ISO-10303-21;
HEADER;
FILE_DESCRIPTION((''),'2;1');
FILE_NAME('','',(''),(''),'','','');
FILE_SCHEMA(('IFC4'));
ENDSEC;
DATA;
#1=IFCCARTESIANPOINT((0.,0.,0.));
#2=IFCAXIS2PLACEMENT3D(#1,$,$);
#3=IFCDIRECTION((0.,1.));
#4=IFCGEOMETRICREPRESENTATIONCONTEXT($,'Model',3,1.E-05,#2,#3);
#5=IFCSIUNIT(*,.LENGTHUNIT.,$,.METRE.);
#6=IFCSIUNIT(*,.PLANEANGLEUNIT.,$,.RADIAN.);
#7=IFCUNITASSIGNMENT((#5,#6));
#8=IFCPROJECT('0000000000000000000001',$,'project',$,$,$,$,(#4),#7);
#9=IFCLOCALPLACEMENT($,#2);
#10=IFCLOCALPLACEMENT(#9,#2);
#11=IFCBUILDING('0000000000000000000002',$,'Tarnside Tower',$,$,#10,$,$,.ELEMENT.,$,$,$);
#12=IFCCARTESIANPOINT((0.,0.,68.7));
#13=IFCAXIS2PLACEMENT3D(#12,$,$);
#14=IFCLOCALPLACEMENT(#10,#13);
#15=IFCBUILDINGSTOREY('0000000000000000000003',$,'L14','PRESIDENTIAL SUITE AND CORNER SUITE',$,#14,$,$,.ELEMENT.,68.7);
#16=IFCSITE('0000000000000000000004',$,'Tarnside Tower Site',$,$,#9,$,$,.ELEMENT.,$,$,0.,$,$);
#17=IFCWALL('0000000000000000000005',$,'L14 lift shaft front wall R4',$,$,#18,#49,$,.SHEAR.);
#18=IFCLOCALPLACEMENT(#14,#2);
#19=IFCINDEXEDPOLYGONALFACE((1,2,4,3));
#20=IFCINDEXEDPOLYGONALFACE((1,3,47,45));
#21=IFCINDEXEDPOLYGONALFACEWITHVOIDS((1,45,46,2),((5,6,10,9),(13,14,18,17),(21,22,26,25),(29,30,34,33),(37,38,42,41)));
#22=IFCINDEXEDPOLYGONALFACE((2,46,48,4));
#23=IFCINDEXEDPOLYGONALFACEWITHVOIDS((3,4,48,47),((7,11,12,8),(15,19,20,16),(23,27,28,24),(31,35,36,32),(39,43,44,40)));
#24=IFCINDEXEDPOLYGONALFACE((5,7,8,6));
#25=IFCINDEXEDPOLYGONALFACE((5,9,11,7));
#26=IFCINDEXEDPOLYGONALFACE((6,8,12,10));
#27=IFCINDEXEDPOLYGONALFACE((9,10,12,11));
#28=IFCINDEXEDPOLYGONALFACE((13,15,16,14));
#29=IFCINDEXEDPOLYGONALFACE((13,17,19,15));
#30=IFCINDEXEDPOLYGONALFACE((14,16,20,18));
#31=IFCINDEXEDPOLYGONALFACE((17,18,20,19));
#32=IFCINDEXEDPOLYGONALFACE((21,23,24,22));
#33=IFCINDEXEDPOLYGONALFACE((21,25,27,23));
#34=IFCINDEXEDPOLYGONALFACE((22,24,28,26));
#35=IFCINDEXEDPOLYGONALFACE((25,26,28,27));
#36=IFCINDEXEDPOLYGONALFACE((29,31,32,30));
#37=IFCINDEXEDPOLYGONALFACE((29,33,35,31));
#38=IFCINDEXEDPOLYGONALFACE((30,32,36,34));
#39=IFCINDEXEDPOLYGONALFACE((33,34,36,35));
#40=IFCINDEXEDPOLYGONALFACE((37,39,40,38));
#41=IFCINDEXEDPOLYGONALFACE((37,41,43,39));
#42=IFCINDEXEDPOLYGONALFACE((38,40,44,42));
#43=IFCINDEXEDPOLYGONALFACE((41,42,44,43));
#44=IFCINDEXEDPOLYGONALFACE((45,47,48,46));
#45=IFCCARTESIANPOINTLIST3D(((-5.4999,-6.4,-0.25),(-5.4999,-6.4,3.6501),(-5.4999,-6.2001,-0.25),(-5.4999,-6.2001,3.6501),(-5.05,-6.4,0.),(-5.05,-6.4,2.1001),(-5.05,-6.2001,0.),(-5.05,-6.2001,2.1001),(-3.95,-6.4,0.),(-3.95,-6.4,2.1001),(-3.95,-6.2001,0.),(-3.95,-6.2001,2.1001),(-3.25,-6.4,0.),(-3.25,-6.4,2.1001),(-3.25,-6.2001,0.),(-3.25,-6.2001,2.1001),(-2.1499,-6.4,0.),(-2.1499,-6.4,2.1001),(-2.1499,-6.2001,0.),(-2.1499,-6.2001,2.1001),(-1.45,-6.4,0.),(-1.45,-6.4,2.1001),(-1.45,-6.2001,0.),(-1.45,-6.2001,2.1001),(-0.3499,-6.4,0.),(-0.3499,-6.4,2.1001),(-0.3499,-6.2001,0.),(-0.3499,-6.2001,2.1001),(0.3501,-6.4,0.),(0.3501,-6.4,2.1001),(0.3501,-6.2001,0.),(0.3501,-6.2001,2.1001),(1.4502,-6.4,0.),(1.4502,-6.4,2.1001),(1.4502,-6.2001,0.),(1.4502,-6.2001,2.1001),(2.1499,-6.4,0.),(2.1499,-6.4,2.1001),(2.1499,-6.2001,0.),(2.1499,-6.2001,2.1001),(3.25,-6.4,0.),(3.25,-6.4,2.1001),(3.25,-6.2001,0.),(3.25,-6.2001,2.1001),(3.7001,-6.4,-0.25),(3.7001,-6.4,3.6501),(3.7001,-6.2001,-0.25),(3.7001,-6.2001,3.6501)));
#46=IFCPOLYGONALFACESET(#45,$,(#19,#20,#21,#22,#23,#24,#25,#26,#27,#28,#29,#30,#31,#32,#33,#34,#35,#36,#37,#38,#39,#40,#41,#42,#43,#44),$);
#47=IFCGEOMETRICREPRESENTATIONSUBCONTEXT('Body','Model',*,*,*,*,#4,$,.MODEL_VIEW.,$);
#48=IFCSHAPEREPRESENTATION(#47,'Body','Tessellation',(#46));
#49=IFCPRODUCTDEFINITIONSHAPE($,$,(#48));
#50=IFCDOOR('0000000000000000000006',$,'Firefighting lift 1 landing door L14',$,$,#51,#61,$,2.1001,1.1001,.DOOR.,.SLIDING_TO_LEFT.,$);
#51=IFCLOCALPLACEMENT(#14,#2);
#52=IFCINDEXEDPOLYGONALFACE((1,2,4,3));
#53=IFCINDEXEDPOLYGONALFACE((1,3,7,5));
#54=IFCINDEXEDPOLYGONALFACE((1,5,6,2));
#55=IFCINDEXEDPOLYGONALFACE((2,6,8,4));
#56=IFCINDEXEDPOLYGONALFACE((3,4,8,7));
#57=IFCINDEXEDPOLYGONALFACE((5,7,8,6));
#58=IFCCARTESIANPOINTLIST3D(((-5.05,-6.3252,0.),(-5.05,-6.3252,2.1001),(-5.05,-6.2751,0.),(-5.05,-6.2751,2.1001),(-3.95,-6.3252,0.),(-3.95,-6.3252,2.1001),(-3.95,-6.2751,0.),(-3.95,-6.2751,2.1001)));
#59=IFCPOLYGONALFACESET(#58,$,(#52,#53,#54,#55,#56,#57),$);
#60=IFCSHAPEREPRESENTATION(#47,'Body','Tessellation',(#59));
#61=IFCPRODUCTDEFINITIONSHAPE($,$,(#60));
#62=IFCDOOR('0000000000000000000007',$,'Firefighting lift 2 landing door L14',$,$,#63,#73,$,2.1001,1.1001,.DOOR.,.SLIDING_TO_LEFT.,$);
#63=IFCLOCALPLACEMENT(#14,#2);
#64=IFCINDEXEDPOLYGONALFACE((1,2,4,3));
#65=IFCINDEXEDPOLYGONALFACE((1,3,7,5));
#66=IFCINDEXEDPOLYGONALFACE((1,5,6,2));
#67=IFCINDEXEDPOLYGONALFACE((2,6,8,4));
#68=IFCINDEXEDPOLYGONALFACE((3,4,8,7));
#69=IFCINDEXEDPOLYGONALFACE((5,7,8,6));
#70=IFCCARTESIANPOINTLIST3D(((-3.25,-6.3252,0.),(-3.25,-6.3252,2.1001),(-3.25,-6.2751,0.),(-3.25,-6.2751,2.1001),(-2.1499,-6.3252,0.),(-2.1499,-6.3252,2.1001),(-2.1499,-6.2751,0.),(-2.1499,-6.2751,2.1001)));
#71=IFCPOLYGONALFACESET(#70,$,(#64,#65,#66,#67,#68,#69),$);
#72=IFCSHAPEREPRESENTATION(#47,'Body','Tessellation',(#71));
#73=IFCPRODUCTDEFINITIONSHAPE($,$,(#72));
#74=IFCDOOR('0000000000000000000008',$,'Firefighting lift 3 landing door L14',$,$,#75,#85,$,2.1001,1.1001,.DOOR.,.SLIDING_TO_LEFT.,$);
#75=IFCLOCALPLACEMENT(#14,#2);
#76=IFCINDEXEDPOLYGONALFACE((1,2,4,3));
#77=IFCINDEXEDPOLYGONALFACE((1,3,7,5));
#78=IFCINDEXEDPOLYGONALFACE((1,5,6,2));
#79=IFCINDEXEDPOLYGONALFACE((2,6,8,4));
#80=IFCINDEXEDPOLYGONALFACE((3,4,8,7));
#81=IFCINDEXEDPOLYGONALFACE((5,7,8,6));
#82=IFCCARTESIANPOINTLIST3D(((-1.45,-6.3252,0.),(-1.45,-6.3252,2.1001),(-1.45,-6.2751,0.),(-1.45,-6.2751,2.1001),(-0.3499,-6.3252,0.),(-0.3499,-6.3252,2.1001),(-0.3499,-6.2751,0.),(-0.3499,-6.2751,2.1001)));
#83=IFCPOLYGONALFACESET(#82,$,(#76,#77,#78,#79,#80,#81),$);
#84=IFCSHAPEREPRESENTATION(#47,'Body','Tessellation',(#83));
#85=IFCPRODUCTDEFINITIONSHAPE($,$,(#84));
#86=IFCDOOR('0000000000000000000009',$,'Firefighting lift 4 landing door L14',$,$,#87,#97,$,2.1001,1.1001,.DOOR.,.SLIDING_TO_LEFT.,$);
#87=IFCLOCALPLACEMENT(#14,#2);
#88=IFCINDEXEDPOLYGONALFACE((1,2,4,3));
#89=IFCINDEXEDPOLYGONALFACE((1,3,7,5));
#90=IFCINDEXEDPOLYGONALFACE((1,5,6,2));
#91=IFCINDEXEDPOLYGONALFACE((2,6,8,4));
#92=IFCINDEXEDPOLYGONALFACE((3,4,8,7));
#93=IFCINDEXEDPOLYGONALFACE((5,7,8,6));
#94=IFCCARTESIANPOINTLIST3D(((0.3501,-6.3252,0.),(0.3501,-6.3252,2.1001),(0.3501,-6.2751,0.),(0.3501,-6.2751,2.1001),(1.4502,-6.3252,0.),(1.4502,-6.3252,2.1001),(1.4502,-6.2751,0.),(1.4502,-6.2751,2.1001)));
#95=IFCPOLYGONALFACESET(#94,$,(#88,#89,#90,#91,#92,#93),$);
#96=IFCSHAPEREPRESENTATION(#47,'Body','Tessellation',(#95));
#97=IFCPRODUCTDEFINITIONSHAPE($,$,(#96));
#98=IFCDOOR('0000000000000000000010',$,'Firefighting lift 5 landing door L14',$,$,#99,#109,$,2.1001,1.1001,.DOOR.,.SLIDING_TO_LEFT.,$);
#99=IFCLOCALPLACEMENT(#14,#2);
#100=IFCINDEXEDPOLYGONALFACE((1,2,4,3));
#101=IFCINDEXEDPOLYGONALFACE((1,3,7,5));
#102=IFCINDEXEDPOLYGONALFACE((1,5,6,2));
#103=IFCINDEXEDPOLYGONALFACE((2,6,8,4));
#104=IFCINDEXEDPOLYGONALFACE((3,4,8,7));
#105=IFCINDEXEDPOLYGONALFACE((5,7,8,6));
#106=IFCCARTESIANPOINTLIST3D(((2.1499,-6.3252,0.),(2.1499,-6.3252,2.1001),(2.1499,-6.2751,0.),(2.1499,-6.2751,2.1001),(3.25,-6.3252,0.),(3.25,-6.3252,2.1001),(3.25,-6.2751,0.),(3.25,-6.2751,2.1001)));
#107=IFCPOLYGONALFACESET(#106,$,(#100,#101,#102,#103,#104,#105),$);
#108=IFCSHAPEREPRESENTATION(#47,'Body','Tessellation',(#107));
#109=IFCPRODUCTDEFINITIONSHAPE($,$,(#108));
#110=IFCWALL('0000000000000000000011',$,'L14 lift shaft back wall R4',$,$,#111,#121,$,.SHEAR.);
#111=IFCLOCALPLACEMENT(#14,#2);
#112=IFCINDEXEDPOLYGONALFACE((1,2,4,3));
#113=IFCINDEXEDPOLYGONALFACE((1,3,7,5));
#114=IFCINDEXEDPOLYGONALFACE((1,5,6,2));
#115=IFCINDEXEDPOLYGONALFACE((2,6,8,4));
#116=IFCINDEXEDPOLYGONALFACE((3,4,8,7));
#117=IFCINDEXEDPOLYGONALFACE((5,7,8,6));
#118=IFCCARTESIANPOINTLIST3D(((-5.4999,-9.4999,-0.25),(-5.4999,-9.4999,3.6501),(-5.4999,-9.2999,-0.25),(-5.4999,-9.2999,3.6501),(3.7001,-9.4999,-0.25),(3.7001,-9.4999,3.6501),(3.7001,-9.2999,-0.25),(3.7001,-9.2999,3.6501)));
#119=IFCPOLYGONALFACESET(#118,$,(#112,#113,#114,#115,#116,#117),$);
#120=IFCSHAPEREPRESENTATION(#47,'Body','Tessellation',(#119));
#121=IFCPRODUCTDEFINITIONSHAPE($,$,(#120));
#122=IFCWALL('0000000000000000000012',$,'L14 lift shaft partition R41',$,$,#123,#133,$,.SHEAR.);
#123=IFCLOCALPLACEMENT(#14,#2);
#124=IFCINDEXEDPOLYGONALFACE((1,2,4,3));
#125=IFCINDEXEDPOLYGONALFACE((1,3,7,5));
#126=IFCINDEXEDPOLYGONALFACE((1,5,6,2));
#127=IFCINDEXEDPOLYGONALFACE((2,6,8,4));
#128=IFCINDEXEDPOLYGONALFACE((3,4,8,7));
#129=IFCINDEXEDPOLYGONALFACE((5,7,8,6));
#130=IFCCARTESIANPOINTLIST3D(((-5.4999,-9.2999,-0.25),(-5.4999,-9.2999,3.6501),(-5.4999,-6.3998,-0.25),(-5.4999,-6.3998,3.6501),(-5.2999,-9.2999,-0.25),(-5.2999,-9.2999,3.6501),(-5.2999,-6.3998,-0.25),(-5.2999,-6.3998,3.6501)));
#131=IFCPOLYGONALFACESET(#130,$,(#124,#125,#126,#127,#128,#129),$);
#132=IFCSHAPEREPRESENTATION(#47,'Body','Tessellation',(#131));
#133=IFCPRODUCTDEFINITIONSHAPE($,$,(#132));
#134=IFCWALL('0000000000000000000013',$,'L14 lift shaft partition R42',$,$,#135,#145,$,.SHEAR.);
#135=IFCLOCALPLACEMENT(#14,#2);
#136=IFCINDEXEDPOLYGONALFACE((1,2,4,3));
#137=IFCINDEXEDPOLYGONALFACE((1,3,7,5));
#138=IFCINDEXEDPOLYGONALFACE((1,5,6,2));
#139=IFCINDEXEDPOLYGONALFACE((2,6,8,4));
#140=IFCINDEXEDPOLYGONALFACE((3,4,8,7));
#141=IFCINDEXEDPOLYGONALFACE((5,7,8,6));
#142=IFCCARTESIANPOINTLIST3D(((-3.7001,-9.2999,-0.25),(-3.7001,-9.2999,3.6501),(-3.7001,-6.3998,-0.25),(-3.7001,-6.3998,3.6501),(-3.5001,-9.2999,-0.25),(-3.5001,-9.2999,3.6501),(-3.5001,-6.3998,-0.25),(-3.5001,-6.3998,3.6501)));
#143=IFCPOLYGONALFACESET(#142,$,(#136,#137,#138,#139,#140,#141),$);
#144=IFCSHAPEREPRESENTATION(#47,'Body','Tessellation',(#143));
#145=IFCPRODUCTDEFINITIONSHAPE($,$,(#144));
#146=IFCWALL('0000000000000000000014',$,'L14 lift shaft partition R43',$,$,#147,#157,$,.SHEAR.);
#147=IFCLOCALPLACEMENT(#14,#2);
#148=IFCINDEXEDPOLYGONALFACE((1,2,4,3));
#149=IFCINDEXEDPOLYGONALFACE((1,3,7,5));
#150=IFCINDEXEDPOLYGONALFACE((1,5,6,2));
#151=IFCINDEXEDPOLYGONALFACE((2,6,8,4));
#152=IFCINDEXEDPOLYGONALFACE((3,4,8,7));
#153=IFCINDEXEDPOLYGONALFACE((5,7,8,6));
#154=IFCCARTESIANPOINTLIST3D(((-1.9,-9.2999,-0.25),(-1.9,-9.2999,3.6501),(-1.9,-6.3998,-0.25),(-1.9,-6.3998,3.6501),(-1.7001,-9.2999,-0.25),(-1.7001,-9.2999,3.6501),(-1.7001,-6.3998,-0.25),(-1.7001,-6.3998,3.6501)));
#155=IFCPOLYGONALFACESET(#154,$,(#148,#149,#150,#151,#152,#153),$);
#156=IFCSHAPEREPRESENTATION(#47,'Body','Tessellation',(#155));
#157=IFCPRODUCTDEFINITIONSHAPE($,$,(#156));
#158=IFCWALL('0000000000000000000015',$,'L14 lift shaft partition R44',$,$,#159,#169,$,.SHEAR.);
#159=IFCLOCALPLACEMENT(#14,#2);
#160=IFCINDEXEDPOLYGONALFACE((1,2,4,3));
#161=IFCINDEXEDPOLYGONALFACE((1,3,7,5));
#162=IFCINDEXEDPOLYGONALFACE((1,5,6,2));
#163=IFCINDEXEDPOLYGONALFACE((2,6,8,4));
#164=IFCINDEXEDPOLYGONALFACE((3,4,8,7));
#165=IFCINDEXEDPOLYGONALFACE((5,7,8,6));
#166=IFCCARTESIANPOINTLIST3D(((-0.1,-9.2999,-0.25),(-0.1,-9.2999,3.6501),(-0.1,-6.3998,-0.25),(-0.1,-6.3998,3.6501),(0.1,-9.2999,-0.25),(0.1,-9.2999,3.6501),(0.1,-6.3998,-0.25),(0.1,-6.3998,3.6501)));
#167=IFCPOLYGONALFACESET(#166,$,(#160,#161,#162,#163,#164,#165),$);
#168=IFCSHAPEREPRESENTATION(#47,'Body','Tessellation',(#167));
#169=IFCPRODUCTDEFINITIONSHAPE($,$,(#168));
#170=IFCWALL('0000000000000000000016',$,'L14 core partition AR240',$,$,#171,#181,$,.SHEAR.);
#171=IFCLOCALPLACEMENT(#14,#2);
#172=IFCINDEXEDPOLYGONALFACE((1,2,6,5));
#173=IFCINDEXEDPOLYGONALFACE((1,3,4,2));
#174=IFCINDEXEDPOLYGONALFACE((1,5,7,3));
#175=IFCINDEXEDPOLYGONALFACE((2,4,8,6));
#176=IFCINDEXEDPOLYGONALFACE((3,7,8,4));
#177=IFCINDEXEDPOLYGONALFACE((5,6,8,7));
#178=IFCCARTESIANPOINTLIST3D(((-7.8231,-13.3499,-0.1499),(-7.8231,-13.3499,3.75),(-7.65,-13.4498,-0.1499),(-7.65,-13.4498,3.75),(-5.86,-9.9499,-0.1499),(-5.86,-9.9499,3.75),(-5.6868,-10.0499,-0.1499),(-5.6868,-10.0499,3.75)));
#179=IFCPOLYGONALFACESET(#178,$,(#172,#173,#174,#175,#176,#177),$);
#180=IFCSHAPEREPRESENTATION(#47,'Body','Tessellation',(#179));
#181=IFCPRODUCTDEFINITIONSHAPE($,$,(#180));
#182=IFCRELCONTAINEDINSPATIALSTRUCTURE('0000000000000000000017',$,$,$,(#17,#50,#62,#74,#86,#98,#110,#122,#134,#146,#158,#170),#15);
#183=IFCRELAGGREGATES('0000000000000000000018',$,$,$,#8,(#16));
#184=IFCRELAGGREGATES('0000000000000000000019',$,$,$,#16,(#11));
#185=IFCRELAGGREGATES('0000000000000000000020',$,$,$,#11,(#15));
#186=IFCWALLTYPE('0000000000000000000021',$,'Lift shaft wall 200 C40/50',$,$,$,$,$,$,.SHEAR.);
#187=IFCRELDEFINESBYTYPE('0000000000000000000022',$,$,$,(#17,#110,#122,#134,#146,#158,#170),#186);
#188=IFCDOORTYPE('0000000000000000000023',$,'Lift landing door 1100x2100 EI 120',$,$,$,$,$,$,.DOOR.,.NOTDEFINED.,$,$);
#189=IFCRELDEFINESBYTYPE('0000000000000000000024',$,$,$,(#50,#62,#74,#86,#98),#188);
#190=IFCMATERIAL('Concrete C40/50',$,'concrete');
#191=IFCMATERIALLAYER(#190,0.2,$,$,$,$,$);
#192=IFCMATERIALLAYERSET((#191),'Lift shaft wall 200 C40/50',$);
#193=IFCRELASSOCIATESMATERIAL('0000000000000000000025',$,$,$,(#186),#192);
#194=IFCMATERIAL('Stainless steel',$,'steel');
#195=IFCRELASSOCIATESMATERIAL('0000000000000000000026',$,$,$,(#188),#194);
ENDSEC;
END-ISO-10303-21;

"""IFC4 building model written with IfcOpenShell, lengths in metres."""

from ifc_helpers import new_model, si_unit, direction, frame, frame_2d, origin, place, context, subcontext, project, spatial, rectangle, extrude, material, layer, layer_set, type_object, element, fill, save


model = new_model("IFC4")

# Units and contexts
model_context = context("Model", 3, precision=1e-05, world=origin(), true_north=direction((0.0, 1.0)))
body_context = subcontext(model_context, "Body", "Model", "MODEL_VIEW")
ifc_project = project(units=[si_unit("LENGTHUNIT", "METRE"), si_unit("PLANEANGLEUNIT", "RADIAN")], contexts=[model_context])

# Site, building, storey
site_placement = place(None, origin())
site = spatial("IfcSite", under=ifc_project, at=site_placement, Name="Tarnside Tower Site", CompositionType="ELEMENT", RefElevation=0.0)
building_placement = place(site_placement, origin())
building = spatial("IfcBuilding", under=site, at=building_placement, Name="Tarnside Tower", CompositionType="ELEMENT")
storey_placement = place(building_placement, frame((0.0, 0.0, 68.7)))
storey = spatial("IfcBuildingStorey", under=building, at=storey_placement, Name="L14", Description="PRESIDENTIAL SUITE AND CORNER SUITE", CompositionType="ELEMENT", Elevation=68.7)

# Shared definitions
ifc_material_1 = material(Name="Concrete C40/50", Category="concrete")

# Wall, openings, doors
ifc_layer_1 = layer(ifc_material_1, 0.2)
ifc_layer_set_1 = layer_set([ifc_layer_1], Name="Lift shaft wall 200 C40/50")
wall_type_1 = type_object("IfcWallType", Name="Lift shaft wall 200 C40/50", PredefinedType="SHEAR", material=ifc_layer_set_1)
wall_1_placement = place(storey_placement, frame((-5.5, -6.3, -0.25), z_axis=(0.0, 0.0, 1.0), x_axis=(1.0, 0.0, 0.0)))
wall_1 = element("IfcWall", 1, at=wall_1_placement, inside=storey, type_object=wall_type_1, Name="L14 lift shaft front wall R4", PredefinedType="SHEAR", context=body_context, shape_type="SweptSolid", body=[
    extrude(rectangle(XDim=9.2, YDim=0.2, at=frame_2d((4.6001, 0.0))), origin(), (0.0, 0.0, 1.0), 3.9001),
])
opening_1_placement = place(wall_1_placement, frame((0.45, 0.0, 0.25)))
opening_1 = element("IfcOpeningElement", 2, at=opening_1_placement, cuts=wall_1, PredefinedType="OPENING", context=body_context, shape_type="SweptSolid", body=[
    extrude(rectangle(XDim=1.1001, YDim=2.1001, at=frame_2d((0.55, 1.05))), frame((0.0, 0.1099, 0.0), z_axis=(0.0, -1.0, 0.0), x_axis=(1.0, 0.0, 0.0)), (0.0, 0.0, 1.0), 0.22),
])
opening_2_placement = place(wall_1_placement, frame((2.25, 0.0, 0.25)))
opening_2 = element("IfcOpeningElement", 3, at=opening_2_placement, cuts=wall_1, PredefinedType="OPENING", context=body_context, shape_type="SweptSolid", body=[
    extrude(rectangle(XDim=1.1001, YDim=2.1001, at=frame_2d((0.55, 1.05))), frame((0.0, 0.1099, 0.0), z_axis=(0.0, -1.0, 0.0), x_axis=(1.0, 0.0, 0.0)), (0.0, 0.0, 1.0), 0.22),
])
opening_3_placement = place(wall_1_placement, frame((4.05, 0.0, 0.25)))
opening_3 = element("IfcOpeningElement", 4, at=opening_3_placement, cuts=wall_1, PredefinedType="OPENING", context=body_context, shape_type="SweptSolid", body=[
    extrude(rectangle(XDim=1.1001, YDim=2.1001, at=frame_2d((0.55, 1.05))), frame((0.0, 0.1099, 0.0), z_axis=(0.0, -1.0, 0.0), x_axis=(1.0, 0.0, 0.0)), (0.0, 0.0, 1.0), 0.22),
])
opening_4_placement = place(wall_1_placement, frame((5.8501, 0.0, 0.25)))
opening_4 = element("IfcOpeningElement", 5, at=opening_4_placement, cuts=wall_1, PredefinedType="OPENING", context=body_context, shape_type="SweptSolid", body=[
    extrude(rectangle(XDim=1.1001, YDim=2.1001, at=frame_2d((0.55, 1.05))), frame((0.0, 0.1099, 0.0), z_axis=(0.0, -1.0, 0.0), x_axis=(1.0, 0.0, 0.0)), (0.0, 0.0, 1.0), 0.22),
])
opening_5_placement = place(wall_1_placement, frame((7.6499, 0.0, 0.25)))
opening_5 = element("IfcOpeningElement", 6, at=opening_5_placement, cuts=wall_1, PredefinedType="OPENING", context=body_context, shape_type="SweptSolid", body=[
    extrude(rectangle(XDim=1.1001, YDim=2.1001, at=frame_2d((0.55, 1.05))), frame((0.0, 0.1099, 0.0), z_axis=(0.0, -1.0, 0.0), x_axis=(1.0, 0.0, 0.0)), (0.0, 0.0, 1.0), 0.22),
])
ifc_material_2 = material(Name="Stainless steel", Category="steel")
door_type_1 = type_object("IfcDoorType", Name="Lift landing door 1100x2100 EI 120", OperationType="NOTDEFINED", PredefinedType="DOOR", material=ifc_material_2)
door_1_placement = place(opening_1_placement, origin())
door_1 = element("IfcDoor", 7, at=door_1_placement, inside=storey, type_object=door_type_1, Name="Firefighting lift 1 landing door L14", OperationType="SLIDING_TO_LEFT", OverallHeight=2.1001, OverallWidth=1.1001, PredefinedType="DOOR", context=body_context, shape_type="SweptSolid", body=[
    extrude(rectangle(XDim=1.1001, YDim=2.1001, at=frame_2d((0.55, 1.05))), frame((0.0, 0.0249, 0.0), z_axis=(0.0, -1.0, 0.0), x_axis=(1.0, 0.0, 0.0)), (0.0, 0.0, 1.0), 0.05),
])
fill(opening_1, door_1)
door_2_placement = place(opening_2_placement, origin())
door_2 = element("IfcDoor", 8, at=door_2_placement, inside=storey, type_object=door_type_1, Name="Firefighting lift 2 landing door L14", OperationType="SLIDING_TO_LEFT", OverallHeight=2.1001, OverallWidth=1.1001, PredefinedType="DOOR", context=body_context, shape_type="SweptSolid", body=[
    extrude(rectangle(XDim=1.1001, YDim=2.1001, at=frame_2d((0.55, 1.05))), frame((0.0, 0.0249, 0.0), z_axis=(0.0, -1.0, 0.0), x_axis=(1.0, 0.0, 0.0)), (0.0, 0.0, 1.0), 0.05),
])
fill(opening_2, door_2)
door_3_placement = place(opening_3_placement, origin())
door_3 = element("IfcDoor", 9, at=door_3_placement, inside=storey, type_object=door_type_1, Name="Firefighting lift 3 landing door L14", OperationType="SLIDING_TO_LEFT", OverallHeight=2.1001, OverallWidth=1.1001, PredefinedType="DOOR", context=body_context, shape_type="SweptSolid", body=[
    extrude(rectangle(XDim=1.1001, YDim=2.1001, at=frame_2d((0.55, 1.05))), frame((0.0, 0.0249, 0.0), z_axis=(0.0, -1.0, 0.0), x_axis=(1.0, 0.0, 0.0)), (0.0, 0.0, 1.0), 0.05),
])
fill(opening_3, door_3)
door_4_placement = place(opening_4_placement, origin())
door_4 = element("IfcDoor", 10, at=door_4_placement, inside=storey, type_object=door_type_1, Name="Firefighting lift 4 landing door L14", OperationType="SLIDING_TO_LEFT", OverallHeight=2.1001, OverallWidth=1.1001, PredefinedType="DOOR", context=body_context, shape_type="SweptSolid", body=[
    extrude(rectangle(XDim=1.1001, YDim=2.1001, at=frame_2d((0.55, 1.05))), frame((0.0, 0.0249, 0.0), z_axis=(0.0, -1.0, 0.0), x_axis=(1.0, 0.0, 0.0)), (0.0, 0.0, 1.0), 0.05),
])
fill(opening_4, door_4)
door_5_placement = place(opening_5_placement, origin())
door_5 = element("IfcDoor", 11, at=door_5_placement, inside=storey, type_object=door_type_1, Name="Firefighting lift 5 landing door L14", OperationType="SLIDING_TO_LEFT", OverallHeight=2.1001, OverallWidth=1.1001, PredefinedType="DOOR", context=body_context, shape_type="SweptSolid", body=[
    extrude(rectangle(XDim=1.1001, YDim=2.1001, at=frame_2d((0.55, 1.05))), frame((0.0, 0.0249, 0.0), z_axis=(0.0, -1.0, 0.0), x_axis=(1.0, 0.0, 0.0)), (0.0, 0.0, 1.0), 0.05),
])
fill(opening_5, door_5)

# Walls
wall_2_placement = place(storey_placement, frame((-5.5, -9.3999, -0.25), z_axis=(0.0, 0.0, 1.0), x_axis=(1.0, 0.0, 0.0)))
element("IfcWall", 12, at=wall_2_placement, inside=storey, type_object=wall_type_1, Name="L14 lift shaft back wall R4", PredefinedType="SHEAR", context=body_context, shape_type="SweptSolid", body=[
    extrude(rectangle(XDim=9.2, YDim=0.2, at=frame_2d((4.6001, 0.0))), origin(), (0.0, 0.0, 1.0), 3.9001),
])
for number, where, z_axis, x_axis, name in (
    (13, (-5.3999, -9.3, -0.25), (0.0, 0.0, 1.0), (0.0, 1.0, 0.0), "L14 lift shaft partition R41"),
    (14, (-3.6001, -9.3, -0.25), (0.0, 0.0, 1.0), (0.0, 1.0, 0.0), "L14 lift shaft partition R42"),
    (15, (-1.8, -9.3, -0.25), (0.0, 0.0, 1.0), (0.0, 1.0, 0.0), "L14 lift shaft partition R43"),
    (16, (0.0, -9.3, -0.25), (0.0, 0.0, 1.0), (0.0, 1.0, 0.0), "L14 lift shaft partition R44"),
):
    element("IfcWall", number, at=place(storey_placement, frame(where, z_axis=z_axis, x_axis=x_axis)), inside=storey, type_object=wall_type_1, Name=name, PredefinedType="SHEAR", context=body_context, shape_type="SweptSolid", body=[
        extrude(rectangle(XDim=2.9001, YDim=0.2, at=frame_2d((1.4502, 0.0))), origin(), (0.0, 0.0, 1.0), 3.9001),
    ])
wall_3_placement = place(storey_placement, frame((-5.7734, -10.0, -0.1499), z_axis=(0.0, 0.0, 1.0), x_axis=(-0.500038, -0.866003, 0.0)))
element("IfcWall", 17, at=wall_3_placement, inside=storey, type_object=wall_type_1, Name="L14 core partition AR240", PredefinedType="SHEAR", context=body_context, shape_type="SweptSolid", body=[
    extrude(rectangle(XDim=3.926, YDim=0.2, at=frame_2d((1.9629, 0.0))), origin(), (0.0, 0.0, 1.0), 3.8999),
])

save(model, "model.ifc")
